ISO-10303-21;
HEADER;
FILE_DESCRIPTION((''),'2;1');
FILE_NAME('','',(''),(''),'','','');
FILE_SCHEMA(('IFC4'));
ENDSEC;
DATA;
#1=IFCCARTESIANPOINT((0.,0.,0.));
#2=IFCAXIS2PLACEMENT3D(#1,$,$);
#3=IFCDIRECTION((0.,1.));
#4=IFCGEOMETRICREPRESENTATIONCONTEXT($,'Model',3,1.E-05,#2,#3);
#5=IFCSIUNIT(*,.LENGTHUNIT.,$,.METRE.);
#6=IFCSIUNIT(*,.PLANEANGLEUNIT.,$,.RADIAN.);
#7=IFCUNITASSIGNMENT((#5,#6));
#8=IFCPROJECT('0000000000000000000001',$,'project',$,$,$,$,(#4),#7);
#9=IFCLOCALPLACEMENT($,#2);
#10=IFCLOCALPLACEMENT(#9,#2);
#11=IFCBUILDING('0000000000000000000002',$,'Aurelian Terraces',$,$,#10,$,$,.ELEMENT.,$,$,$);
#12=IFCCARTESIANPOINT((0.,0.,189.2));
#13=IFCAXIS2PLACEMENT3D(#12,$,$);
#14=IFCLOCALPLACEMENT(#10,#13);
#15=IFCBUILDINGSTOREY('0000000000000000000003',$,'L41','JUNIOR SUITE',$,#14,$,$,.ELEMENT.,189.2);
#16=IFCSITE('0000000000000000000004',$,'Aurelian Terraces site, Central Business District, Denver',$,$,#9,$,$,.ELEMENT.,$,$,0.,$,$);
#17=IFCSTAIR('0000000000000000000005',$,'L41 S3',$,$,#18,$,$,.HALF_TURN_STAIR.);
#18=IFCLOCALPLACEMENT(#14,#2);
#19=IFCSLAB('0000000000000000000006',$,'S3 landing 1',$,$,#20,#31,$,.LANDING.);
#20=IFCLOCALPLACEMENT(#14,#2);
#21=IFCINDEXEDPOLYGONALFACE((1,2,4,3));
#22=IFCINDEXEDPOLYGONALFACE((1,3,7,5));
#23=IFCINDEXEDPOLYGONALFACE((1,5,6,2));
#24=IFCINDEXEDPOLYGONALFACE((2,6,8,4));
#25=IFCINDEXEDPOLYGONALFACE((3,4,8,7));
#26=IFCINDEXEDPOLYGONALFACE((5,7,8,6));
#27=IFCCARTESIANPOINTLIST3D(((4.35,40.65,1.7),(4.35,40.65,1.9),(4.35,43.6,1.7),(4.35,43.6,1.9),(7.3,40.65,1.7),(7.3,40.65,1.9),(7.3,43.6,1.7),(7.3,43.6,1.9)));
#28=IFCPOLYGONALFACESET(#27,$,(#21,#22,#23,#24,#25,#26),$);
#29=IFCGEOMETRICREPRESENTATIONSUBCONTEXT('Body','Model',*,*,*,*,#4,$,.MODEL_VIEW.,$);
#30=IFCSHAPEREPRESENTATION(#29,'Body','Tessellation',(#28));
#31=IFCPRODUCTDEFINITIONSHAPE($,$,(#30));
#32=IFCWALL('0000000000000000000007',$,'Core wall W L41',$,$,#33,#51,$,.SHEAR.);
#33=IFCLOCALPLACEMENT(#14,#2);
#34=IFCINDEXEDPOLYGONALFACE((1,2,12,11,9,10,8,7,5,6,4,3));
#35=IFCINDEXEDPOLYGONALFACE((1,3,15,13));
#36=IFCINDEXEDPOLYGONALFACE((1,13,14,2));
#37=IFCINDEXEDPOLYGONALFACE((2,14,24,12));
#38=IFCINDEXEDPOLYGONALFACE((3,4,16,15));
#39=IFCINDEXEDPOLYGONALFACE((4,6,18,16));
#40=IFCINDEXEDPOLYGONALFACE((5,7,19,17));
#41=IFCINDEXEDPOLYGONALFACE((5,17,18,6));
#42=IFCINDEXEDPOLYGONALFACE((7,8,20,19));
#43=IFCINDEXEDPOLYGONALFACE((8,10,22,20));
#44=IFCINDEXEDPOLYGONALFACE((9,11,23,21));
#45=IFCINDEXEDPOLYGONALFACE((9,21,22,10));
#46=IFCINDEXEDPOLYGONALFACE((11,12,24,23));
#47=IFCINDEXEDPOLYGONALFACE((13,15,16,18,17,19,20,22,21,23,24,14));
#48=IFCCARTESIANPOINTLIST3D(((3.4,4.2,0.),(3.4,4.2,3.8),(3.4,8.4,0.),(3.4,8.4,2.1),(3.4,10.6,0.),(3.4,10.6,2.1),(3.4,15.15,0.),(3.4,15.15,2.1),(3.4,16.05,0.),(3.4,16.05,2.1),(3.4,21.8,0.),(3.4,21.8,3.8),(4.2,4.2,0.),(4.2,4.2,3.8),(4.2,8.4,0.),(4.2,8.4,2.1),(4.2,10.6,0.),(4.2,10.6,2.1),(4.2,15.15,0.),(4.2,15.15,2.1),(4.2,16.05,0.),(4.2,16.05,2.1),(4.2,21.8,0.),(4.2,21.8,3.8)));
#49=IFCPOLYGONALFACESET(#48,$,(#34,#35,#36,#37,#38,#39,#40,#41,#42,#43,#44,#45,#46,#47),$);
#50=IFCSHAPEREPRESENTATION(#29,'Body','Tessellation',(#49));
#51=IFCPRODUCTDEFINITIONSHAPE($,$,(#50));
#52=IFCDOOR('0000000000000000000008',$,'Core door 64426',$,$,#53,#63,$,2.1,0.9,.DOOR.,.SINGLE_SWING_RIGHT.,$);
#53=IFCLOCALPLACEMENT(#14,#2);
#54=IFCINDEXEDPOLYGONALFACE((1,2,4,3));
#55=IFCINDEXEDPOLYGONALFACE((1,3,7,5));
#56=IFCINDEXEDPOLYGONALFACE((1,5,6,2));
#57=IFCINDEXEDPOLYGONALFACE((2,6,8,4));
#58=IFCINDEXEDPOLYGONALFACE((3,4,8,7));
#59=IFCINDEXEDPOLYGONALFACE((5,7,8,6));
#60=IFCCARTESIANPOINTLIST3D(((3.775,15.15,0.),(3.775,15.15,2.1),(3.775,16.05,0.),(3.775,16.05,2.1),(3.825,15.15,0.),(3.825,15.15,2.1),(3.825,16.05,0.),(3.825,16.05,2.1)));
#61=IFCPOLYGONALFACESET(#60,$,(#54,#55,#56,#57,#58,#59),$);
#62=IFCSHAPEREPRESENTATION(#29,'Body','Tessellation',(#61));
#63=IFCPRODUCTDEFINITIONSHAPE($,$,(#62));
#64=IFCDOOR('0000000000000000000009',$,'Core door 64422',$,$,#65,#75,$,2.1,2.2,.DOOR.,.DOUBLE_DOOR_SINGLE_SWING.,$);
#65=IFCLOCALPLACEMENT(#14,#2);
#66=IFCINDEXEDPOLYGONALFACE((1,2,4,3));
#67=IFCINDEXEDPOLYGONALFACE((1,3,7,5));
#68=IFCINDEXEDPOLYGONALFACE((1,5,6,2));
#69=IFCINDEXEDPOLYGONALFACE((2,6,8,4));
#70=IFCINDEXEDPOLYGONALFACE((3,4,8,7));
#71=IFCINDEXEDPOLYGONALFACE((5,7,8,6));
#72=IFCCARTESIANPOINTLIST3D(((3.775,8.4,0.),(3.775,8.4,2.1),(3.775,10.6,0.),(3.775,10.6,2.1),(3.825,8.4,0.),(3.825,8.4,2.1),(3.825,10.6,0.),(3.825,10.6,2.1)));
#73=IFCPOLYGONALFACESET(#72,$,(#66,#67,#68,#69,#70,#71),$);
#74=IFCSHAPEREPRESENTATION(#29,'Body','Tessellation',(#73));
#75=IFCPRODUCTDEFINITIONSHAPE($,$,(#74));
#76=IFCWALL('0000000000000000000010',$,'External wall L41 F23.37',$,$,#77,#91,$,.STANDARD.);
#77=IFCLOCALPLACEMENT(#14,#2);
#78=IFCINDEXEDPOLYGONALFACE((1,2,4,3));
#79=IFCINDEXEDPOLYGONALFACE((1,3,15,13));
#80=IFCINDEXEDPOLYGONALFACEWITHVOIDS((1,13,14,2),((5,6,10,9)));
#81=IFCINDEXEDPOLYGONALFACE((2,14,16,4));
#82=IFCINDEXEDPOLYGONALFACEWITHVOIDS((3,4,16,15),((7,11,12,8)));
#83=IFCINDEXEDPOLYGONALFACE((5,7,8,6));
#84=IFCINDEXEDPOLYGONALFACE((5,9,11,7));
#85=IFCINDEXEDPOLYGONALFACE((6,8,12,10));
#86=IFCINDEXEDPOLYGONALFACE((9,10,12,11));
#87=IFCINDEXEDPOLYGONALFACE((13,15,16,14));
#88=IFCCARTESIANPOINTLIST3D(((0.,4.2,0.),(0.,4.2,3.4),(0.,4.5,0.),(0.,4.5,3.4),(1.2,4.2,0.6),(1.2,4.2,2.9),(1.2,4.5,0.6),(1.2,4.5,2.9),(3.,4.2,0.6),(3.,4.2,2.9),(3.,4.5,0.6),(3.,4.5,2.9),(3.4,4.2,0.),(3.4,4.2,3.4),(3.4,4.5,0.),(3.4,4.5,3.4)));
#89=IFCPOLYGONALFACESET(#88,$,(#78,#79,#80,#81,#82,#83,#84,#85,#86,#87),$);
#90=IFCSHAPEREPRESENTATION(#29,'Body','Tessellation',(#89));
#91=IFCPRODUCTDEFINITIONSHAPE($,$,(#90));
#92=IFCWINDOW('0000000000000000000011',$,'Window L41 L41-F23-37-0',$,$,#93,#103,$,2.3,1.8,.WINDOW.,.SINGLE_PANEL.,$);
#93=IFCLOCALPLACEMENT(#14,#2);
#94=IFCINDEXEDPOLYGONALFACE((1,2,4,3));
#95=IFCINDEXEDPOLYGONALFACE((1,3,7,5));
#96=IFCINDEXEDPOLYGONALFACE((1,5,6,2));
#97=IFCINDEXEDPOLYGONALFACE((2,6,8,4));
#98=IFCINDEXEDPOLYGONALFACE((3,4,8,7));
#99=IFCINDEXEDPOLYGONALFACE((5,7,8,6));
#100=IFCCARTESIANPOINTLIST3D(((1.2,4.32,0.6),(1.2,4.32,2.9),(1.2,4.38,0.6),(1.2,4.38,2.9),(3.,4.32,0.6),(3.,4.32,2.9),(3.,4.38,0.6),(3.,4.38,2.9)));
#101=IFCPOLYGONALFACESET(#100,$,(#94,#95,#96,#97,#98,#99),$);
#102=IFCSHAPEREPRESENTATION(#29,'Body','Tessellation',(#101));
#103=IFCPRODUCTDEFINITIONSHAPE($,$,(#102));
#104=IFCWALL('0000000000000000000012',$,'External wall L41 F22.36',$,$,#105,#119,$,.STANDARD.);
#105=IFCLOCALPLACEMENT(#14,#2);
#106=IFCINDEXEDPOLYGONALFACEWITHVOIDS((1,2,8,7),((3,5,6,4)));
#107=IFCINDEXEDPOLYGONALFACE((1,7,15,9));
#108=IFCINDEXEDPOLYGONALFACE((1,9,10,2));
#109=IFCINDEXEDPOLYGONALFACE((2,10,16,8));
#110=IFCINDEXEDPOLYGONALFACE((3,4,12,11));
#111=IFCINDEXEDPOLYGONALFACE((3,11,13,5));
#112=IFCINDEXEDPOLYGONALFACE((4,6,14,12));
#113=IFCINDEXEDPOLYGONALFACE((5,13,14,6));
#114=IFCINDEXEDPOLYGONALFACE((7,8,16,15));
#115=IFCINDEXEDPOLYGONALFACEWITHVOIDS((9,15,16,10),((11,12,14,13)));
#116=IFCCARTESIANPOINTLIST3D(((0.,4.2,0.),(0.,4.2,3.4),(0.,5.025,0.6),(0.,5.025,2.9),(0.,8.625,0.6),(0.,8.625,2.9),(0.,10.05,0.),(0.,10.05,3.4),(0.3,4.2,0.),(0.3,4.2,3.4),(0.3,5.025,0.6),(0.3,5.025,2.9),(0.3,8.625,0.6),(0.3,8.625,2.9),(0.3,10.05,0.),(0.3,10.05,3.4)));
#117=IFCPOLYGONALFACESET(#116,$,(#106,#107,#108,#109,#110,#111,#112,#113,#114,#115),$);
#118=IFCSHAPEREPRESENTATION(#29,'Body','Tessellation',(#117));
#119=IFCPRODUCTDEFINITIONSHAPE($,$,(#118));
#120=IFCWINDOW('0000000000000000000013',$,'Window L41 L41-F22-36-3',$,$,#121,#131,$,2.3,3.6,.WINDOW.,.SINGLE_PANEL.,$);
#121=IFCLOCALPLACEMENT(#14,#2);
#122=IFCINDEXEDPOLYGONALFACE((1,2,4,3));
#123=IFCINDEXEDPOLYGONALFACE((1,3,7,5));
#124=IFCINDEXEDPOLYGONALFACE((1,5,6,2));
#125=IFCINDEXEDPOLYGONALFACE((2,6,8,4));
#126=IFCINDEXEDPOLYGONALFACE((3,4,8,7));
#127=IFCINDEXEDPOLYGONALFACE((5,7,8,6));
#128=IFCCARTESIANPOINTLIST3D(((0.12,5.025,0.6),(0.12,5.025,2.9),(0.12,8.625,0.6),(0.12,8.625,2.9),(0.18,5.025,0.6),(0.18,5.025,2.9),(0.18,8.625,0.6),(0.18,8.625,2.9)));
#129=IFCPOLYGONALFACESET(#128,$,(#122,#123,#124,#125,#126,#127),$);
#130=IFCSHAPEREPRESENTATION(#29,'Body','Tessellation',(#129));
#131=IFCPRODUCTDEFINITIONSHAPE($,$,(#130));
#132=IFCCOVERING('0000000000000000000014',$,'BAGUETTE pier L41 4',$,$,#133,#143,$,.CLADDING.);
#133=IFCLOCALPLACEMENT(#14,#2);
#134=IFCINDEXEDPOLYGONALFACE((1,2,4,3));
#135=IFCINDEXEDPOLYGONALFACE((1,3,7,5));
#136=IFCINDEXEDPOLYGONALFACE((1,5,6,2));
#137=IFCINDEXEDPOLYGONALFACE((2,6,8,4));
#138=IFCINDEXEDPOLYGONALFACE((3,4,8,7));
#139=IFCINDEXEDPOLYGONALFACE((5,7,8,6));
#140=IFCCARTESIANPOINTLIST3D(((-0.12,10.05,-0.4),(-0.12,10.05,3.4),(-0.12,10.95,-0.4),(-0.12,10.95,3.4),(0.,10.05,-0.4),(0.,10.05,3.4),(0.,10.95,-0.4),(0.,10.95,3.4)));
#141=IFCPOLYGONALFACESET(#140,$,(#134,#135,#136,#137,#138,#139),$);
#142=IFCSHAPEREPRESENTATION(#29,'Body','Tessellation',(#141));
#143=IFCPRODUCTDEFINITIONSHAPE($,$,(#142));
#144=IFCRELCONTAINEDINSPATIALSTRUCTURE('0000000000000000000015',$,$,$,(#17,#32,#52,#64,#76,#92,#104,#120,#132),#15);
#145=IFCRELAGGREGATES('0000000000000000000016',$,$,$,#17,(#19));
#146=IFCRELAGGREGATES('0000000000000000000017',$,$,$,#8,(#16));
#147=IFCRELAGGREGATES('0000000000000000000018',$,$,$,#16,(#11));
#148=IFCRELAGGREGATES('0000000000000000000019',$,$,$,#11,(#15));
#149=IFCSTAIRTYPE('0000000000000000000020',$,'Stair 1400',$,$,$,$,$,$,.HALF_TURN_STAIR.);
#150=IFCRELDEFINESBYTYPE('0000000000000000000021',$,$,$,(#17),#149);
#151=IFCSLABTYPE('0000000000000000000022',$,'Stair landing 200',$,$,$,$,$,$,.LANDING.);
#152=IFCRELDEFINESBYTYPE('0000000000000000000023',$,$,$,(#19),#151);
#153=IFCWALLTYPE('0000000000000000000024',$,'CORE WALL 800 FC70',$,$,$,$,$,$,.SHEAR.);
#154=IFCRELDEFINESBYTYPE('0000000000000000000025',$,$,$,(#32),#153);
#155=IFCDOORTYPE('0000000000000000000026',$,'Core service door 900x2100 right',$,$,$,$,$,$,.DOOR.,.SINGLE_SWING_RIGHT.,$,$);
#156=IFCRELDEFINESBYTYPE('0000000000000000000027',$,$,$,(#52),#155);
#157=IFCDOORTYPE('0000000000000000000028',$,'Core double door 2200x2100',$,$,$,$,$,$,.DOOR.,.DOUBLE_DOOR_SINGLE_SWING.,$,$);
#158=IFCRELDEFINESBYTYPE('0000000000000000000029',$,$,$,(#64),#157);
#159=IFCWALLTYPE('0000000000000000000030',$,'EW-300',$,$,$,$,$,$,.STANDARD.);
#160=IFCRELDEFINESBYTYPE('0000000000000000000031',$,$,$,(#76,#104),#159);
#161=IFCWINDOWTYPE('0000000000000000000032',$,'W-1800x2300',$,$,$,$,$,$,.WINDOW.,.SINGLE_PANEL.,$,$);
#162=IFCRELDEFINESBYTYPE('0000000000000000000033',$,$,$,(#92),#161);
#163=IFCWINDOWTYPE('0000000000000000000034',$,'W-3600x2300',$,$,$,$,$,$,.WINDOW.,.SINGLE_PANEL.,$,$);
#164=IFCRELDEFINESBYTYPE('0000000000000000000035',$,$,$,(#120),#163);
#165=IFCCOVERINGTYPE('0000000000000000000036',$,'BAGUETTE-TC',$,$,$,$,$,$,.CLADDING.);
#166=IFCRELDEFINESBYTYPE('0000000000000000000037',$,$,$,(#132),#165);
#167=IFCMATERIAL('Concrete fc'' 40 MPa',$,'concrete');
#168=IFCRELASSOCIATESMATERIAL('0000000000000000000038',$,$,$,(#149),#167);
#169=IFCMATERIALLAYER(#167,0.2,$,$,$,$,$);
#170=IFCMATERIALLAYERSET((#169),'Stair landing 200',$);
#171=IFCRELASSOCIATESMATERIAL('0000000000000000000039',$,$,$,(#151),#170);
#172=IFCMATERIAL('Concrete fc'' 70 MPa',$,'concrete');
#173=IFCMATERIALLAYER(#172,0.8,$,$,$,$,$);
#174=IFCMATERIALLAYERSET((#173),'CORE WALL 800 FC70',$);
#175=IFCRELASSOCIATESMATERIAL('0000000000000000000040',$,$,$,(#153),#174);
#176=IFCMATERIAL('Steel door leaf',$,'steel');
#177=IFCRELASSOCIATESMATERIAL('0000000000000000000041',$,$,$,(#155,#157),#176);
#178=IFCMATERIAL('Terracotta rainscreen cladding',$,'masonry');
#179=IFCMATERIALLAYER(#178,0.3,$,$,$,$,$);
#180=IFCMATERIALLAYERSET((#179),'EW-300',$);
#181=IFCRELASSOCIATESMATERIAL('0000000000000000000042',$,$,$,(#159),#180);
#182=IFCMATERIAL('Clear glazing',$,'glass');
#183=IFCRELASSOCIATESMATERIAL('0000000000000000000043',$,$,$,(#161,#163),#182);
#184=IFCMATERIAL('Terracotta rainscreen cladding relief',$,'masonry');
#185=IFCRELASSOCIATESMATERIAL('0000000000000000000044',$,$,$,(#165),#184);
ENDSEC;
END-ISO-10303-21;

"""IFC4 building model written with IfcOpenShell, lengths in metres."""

from ifc_helpers import new_model, si_unit, direction, frame, frame_2d, origin, origin_2d, place, context, subcontext, project, spatial, polyline, rectangle, outline, extrude, source, transform, mapped, material, layer, layer_set, type_object, element, fill, aggregate, save


model = new_model("IFC4")

# Units and contexts
model_context = context("Model", 3, precision=1e-05, world=origin(), true_north=direction((0.0, 1.0)))
body_context = subcontext(model_context, "Body", "Model", "MODEL_VIEW")
ifc_project = project(units=[si_unit("LENGTHUNIT", "METRE"), si_unit("PLANEANGLEUNIT", "RADIAN")], contexts=[model_context])

# Site, building, storey
site_placement = place(None, origin())
site = spatial("IfcSite", under=ifc_project, at=site_placement, Name="Aurelian Terraces site, Central Business District, Denver", CompositionType="ELEMENT", RefElevation=0.0)
building_placement = place(site_placement, origin())
building = spatial("IfcBuilding", under=site, at=building_placement, Name="Aurelian Terraces", CompositionType="ELEMENT")
storey_placement = place(building_placement, frame((0.0, 0.0, 189.2)))
storey = spatial("IfcBuildingStorey", under=building, at=storey_placement, Name="L41", Description="JUNIOR SUITE", CompositionType="ELEMENT", Elevation=189.2)

# Shared definitions
ifc_material_1 = material(Name="Concrete fc' 70 MPa", Category="concrete")

# Shared definitions
ifc_material_2 = material(Name="Concrete fc' 40 MPa", Category="concrete")

# Stair, slab
stair_type = type_object("IfcStairType", Name="Stair 1400", PredefinedType="HALF_TURN_STAIR", material=ifc_material_2)
ifc_layer_1 = layer(ifc_material_2, 0.2)
ifc_layer_set_1 = layer_set([ifc_layer_1], Name="Stair landing 200")
slab_type_1 = type_object("IfcSlabType", Name="Stair landing 200", PredefinedType="LANDING", material=ifc_layer_set_1)
stair_1_placement = place(storey_placement, origin())
stair_1 = element("IfcStair", 1, at=stair_1_placement, inside=storey, type_object=stair_type, Name="L41 S3", PredefinedType="HALF_TURN_STAIR")
shared_shape_1 = source(origin(), body_context, "Body", "SweptSolid", [
    extrude(outline(polyline([(4.35, 40.65), (7.3, 40.65), (7.3, 43.6), (4.35, 43.6), (4.35, 40.65)])), origin(), (0.0, 0.0, 1.0), 0.2),
])
slab_1_placement = place(storey_placement, frame((0.0, 0.0, 1.7)))
slab_1 = element("IfcSlab", 2, at=slab_1_placement, type_object=slab_type_1, Name="S3 landing 1", PredefinedType="LANDING", context=body_context, shape_type="MappedRepresentation", body=[
    mapped(shared_shape_1, transform((0.0, 0.0, 0.0), scale=1.0)),
])
aggregate(stair_1, [slab_1])

# Wall, openings, doors
ifc_layer_2 = layer(ifc_material_1, 0.8)
ifc_layer_set_2 = layer_set([ifc_layer_2], Name="CORE WALL 800 FC70")
wall_type_1 = type_object("IfcWallType", Name="CORE WALL 800 FC70", PredefinedType="SHEAR", material=ifc_layer_set_2)
shared_shape_2 = source(origin(), body_context, "Body", "SweptSolid", [
    extrude(rectangle(XDim=17.6, YDim=0.8, at=frame_2d((8.8, 0.0))), origin(), (0.0, 0.0, 1.0), 3.8),
])
wall_1_placement = place(storey_placement, frame((3.8, 4.2, 0.0), z_axis=(0.0, 0.0, 1.0), x_axis=(0.0, 1.0, 0.0)))
wall_1 = element("IfcWall", 3, at=wall_1_placement, inside=storey, type_object=wall_type_1, Name="Core wall W L41", PredefinedType="SHEAR", context=body_context, shape_type="MappedRepresentation", body=[
    mapped(shared_shape_2, transform((0.0, 0.0, 0.0), scale=1.0)),
])
shared_shape_3 = source(origin(), body_context, "Body", "SweptSolid", [
    extrude(rectangle(XDim=2.2, YDim=2.1, at=frame_2d((1.1, 1.05))), frame((0.0, 0.41, 0.0), z_axis=(0.0, -1.0, 0.0), x_axis=(1.0, 0.0, 0.0)), (0.0, 0.0, 1.0), 0.82),
])
opening_1_placement = place(wall_1_placement, frame((4.2, 0.0, 0.0)))
opening_1 = element("IfcOpeningElement", 4, at=opening_1_placement, cuts=wall_1, PredefinedType="OPENING", context=body_context, shape_type="MappedRepresentation", body=[
    mapped(shared_shape_3, transform((0.0, 0.0, 0.0), scale=1.0)),
])
shared_shape_4 = source(origin(), body_context, "Body", "SweptSolid", [
    extrude(rectangle(XDim=0.9, YDim=2.1, at=frame_2d((0.45, 1.05))), frame((0.0, 0.41, 0.0), z_axis=(0.0, -1.0, 0.0), x_axis=(1.0, 0.0, 0.0)), (0.0, 0.0, 1.0), 0.82),
])
opening_2_placement = place(wall_1_placement, frame((10.95, 0.0, 0.0)))
opening_2 = element("IfcOpeningElement", 5, at=opening_2_placement, cuts=wall_1, PredefinedType="OPENING", context=body_context, shape_type="MappedRepresentation", body=[
    mapped(shared_shape_4, transform((0.0, 0.0, 0.0), scale=1.0)),
])
ifc_material_3 = material(Name="Steel door leaf", Category="steel")
door_type_1 = type_object("IfcDoorType", Name="Core service door 900x2100 right", OperationType="SINGLE_SWING_RIGHT", PredefinedType="DOOR", material=ifc_material_3)
shared_shape_5 = source(origin(), body_context, "Body", "SweptSolid", [
    extrude(rectangle(XDim=0.9, YDim=2.1, at=frame_2d((0.45, 1.05))), frame((0.0, 0.025, 0.0), z_axis=(0.0, -1.0, 0.0), x_axis=(1.0, 0.0, 0.0)), (0.0, 0.0, 1.0), 0.05),
])
door_1_placement = place(opening_2_placement, origin())
door_1 = element("IfcDoor", 6, at=door_1_placement, inside=storey, type_object=door_type_1, Name="Core door 64426", OperationType="SINGLE_SWING_RIGHT", OverallHeight=2.1, OverallWidth=0.9, PredefinedType="DOOR", context=body_context, shape_type="MappedRepresentation", body=[
    mapped(shared_shape_5, transform((0.0, 0.0, 0.0), scale=1.0)),
])
fill(opening_2, door_1)
door_type_2 = type_object("IfcDoorType", Name="Core double door 2200x2100", OperationType="DOUBLE_DOOR_SINGLE_SWING", PredefinedType="DOOR", material=ifc_material_3)
shared_shape_6 = source(origin(), body_context, "Body", "SweptSolid", [
    extrude(rectangle(XDim=2.2, YDim=2.1, at=frame_2d((1.1, 1.05))), frame((0.0, 0.025, 0.0), z_axis=(0.0, -1.0, 0.0), x_axis=(1.0, 0.0, 0.0)), (0.0, 0.0, 1.0), 0.05),
])
door_2_placement = place(opening_1_placement, origin())
door_2 = element("IfcDoor", 7, at=door_2_placement, inside=storey, type_object=door_type_2, Name="Core door 64422", OperationType="DOUBLE_DOOR_SINGLE_SWING", OverallHeight=2.1, OverallWidth=2.2, PredefinedType="DOOR", context=body_context, shape_type="MappedRepresentation", body=[
    mapped(shared_shape_6, transform((0.0, 0.0, 0.0), scale=1.0)),
])
fill(opening_1, door_2)

# Walls, openings, windows
ifc_material_4 = material(Name="Terracotta rainscreen cladding", Category="masonry")
ifc_layer_3 = layer(ifc_material_4, 0.3)
ifc_layer_set_3 = layer_set([ifc_layer_3], Name="EW-300")
wall_type_2 = type_object("IfcWallType", Name="EW-300", PredefinedType="STANDARD", material=ifc_layer_set_3)
shared_shape_7 = source(origin(), body_context, "Body", "SweptSolid", [
    extrude(rectangle(XDim=3.4, YDim=0.3, at=frame_2d((1.7, 0.0))), origin(), (0.0, 0.0, 1.0), 3.4),
])
wall_2_placement = place(storey_placement, frame((0.0, 4.35, 0.0), z_axis=(0.0, 0.0, 1.0), x_axis=(1.0, 0.0, 0.0)))
wall_2 = element("IfcWall", 8, at=wall_2_placement, inside=storey, type_object=wall_type_2, Name="External wall L41 F23.37", PredefinedType="STANDARD", context=body_context, shape_type="MappedRepresentation", body=[
    mapped(shared_shape_7, transform((0.0, 0.0, 0.0), scale=1.0)),
])
shared_shape_8 = source(origin(), body_context, "Body", "SweptSolid", [
    extrude(rectangle(XDim=1.8, YDim=2.3, at=frame_2d((0.9, 1.15))), frame((0.0, 0.16, 0.0), z_axis=(0.0, -1.0, 0.0), x_axis=(1.0, 0.0, 0.0)), (0.0, 0.0, 1.0), 0.32),
])
opening_3_placement = place(wall_2_placement, frame((1.2, 0.0, 0.6)))
opening_3 = element("IfcOpeningElement", 9, at=opening_3_placement, cuts=wall_2, PredefinedType="OPENING", context=body_context, shape_type="MappedRepresentation", body=[
    mapped(shared_shape_8, transform((0.0, 0.0, 0.0), scale=1.0)),
])
ifc_material_5 = material(Name="Clear glazing", Category="glass")
window_type_1 = type_object("IfcWindowType", Name="W-1800x2300", PartitioningType="SINGLE_PANEL", PredefinedType="WINDOW", material=ifc_material_5)
shared_shape_9 = source(origin(), body_context, "Body", "SweptSolid", [
    extrude(rectangle(XDim=1.8, YDim=2.3, at=frame_2d((0.9, 1.15))), frame((0.0, 0.03, 0.0), z_axis=(0.0, -1.0, 0.0), x_axis=(1.0, 0.0, 0.0)), (0.0, 0.0, 1.0), 0.06),
])
window_1_placement = place(opening_3_placement, origin())
window_1 = element("IfcWindow", 10, at=window_1_placement, inside=storey, type_object=window_type_1, Name="Window L41 L41-F23-37-0", OverallHeight=2.3, OverallWidth=1.8, PartitioningType="SINGLE_PANEL", PredefinedType="WINDOW", context=body_context, shape_type="MappedRepresentation", body=[
    mapped(shared_shape_9, transform((0.0, 0.0, 0.0), scale=1.0)),
])
fill(opening_3, window_1)
shared_shape_10 = source(origin(), body_context, "Body", "SweptSolid", [
    extrude(rectangle(XDim=5.85, YDim=0.3, at=frame_2d((2.925, 0.0))), origin(), (0.0, 0.0, 1.0), 3.4),
])
wall_3_placement = place(storey_placement, frame((0.15, 10.05, 0.0), z_axis=(0.0, 0.0, 1.0), x_axis=(0.0, -1.0, 0.0)))
wall_3 = element("IfcWall", 11, at=wall_3_placement, inside=storey, type_object=wall_type_2, Name="External wall L41 F22.36", PredefinedType="STANDARD", context=body_context, shape_type="MappedRepresentation", body=[
    mapped(shared_shape_10, transform((0.0, 0.0, 0.0), scale=1.0)),
])
shared_shape_11 = source(origin(), body_context, "Body", "SweptSolid", [
    extrude(rectangle(XDim=3.6, YDim=2.3, at=frame_2d((1.8, 1.15))), frame((0.0, 0.16, 0.0), z_axis=(0.0, -1.0, 0.0), x_axis=(1.0, 0.0, 0.0)), (0.0, 0.0, 1.0), 0.32),
])
opening_4_placement = place(wall_3_placement, frame((1.425, 0.0, 0.6)))
opening_4 = element("IfcOpeningElement", 12, at=opening_4_placement, cuts=wall_3, PredefinedType="OPENING", context=body_context, shape_type="MappedRepresentation", body=[
    mapped(shared_shape_11, transform((0.0, 0.0, 0.0), scale=1.0)),
])
window_type_2 = type_object("IfcWindowType", Name="W-3600x2300", PartitioningType="SINGLE_PANEL", PredefinedType="WINDOW", material=ifc_material_5)
shared_shape_12 = source(origin(), body_context, "Body", "SweptSolid", [
    extrude(rectangle(XDim=3.6, YDim=2.3, at=frame_2d((1.8, 1.15))), frame((0.0, 0.03, 0.0), z_axis=(0.0, -1.0, 0.0), x_axis=(1.0, 0.0, 0.0)), (0.0, 0.0, 1.0), 0.06),
])
window_2_placement = place(opening_4_placement, origin())
window_2 = element("IfcWindow", 13, at=window_2_placement, inside=storey, type_object=window_type_2, Name="Window L41 L41-F22-36-3", OverallHeight=2.3, OverallWidth=3.6, PartitioningType="SINGLE_PANEL", PredefinedType="WINDOW", context=body_context, shape_type="MappedRepresentation", body=[
    mapped(shared_shape_12, transform((0.0, 0.0, 0.0), scale=1.0)),
])
fill(opening_4, window_2)

# Covering
ifc_material_6 = material(Name="Terracotta rainscreen cladding relief", Category="masonry")
covering_type = type_object("IfcCoveringType", Name="BAGUETTE-TC", PredefinedType="CLADDING", material=ifc_material_6)
shared_shape_13 = source(origin(), body_context, "Body", "SweptSolid", [
    extrude(rectangle(XDim=0.12, YDim=0.9, at=origin_2d()), origin(), (0.0, 0.0, 1.0), 3.8),
])
covering_placement = place(storey_placement, frame((-0.06, 10.5, -0.4), z_axis=(0.0, 0.0, 1.0), x_axis=(1.0, 0.0, 0.0)))
element("IfcCovering", 14, at=covering_placement, inside=storey, type_object=covering_type, Name="BAGUETTE pier L41 4", PredefinedType="CLADDING", context=body_context, shape_type="MappedRepresentation", body=[
    mapped(shared_shape_13, transform((0.0, 0.0, 0.0), scale=1.0)),
])

save(model, "model.ifc")
